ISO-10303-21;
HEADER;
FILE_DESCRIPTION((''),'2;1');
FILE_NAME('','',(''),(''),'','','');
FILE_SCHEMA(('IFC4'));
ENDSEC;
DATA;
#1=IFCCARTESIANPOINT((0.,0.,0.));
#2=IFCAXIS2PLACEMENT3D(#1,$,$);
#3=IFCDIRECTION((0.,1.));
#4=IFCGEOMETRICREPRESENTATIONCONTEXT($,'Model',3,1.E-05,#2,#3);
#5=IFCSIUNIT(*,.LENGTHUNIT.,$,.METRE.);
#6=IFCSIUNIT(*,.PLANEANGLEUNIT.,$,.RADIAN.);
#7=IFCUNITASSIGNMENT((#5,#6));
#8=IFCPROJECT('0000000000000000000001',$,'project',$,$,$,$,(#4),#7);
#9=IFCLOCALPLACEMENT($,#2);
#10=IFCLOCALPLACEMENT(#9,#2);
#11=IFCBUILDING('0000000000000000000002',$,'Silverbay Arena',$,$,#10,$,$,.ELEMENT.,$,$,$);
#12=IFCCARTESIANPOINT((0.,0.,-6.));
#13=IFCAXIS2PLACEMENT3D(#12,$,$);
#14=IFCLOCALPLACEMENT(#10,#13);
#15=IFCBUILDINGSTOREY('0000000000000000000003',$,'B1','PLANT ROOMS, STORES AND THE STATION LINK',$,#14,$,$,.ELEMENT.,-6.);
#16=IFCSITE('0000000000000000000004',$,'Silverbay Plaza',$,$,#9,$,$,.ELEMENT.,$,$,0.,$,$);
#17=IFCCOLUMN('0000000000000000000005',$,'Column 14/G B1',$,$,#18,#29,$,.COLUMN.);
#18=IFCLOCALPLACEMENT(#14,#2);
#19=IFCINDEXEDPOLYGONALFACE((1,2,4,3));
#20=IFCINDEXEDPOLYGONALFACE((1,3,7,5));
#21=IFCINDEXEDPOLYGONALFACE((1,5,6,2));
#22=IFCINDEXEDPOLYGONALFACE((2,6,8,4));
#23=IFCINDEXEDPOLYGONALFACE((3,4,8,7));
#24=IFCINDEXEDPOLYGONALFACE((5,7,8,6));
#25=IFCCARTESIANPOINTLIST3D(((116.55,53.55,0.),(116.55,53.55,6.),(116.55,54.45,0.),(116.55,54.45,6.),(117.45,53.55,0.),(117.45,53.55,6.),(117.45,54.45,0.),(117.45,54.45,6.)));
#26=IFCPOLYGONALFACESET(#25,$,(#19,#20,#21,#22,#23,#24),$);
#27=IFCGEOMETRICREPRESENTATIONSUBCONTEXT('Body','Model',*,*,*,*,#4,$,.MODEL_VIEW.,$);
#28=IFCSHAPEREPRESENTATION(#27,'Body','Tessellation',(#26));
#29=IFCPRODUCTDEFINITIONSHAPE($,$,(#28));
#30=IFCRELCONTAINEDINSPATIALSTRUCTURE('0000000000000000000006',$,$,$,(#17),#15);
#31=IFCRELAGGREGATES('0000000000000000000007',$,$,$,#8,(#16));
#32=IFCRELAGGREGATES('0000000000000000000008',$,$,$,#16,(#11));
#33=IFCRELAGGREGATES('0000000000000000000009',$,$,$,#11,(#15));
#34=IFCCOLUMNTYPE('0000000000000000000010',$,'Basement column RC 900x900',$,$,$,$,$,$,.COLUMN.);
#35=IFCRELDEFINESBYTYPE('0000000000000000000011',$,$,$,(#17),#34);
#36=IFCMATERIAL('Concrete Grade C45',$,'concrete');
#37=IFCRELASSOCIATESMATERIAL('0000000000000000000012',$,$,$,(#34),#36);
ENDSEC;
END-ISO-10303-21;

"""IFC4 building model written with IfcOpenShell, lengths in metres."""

from ifc_helpers import new_model, si_unit, direction, frame, origin, origin_2d, place, context, subcontext, project, spatial, rectangle, extrude, material, material_profile, profile_set, type_object, element, save


model = new_model("IFC4")

# Units and contexts
model_context = context("Model", 3, precision=1e-05, world=origin(), true_north=direction((0.0, 1.0)))
body_context = subcontext(model_context, "Body", "Model", "MODEL_VIEW")
ifc_project = project(units=[si_unit("LENGTHUNIT", "METRE"), si_unit("PLANEANGLEUNIT", "RADIAN")], contexts=[model_context])

# Site, building, storey
site_placement = place(None, origin())
site = spatial("IfcSite", under=ifc_project, at=site_placement, Name="Silverbay Plaza", CompositionType="ELEMENT", RefElevation=0.0)
building_placement = place(site_placement, origin())
building = spatial("IfcBuilding", under=site, at=building_placement, Name="Silverbay Arena", CompositionType="ELEMENT")
storey_placement = place(building_placement, frame((0.0, 0.0, -6.0)))
storey = spatial("IfcBuildingStorey", under=building, at=storey_placement, Name="B1", Description="PLANT ROOMS, STORES AND THE STATION LINK", CompositionType="ELEMENT", Elevation=-6.0)

# Column
ifc_material_1 = material(Name="Concrete Grade C45", Category="concrete")
ifc_material_profile_1 = material_profile(ifc_material_1, rectangle(XDim=0.8999, YDim=0.8999, at=origin_2d()), Name="RC 900x900")
ifc_profile_set_1 = profile_set([ifc_material_profile_1], Name="Concrete Grade C45")
column_type_1 = type_object("IfcColumnType", Name="Basement column RC 900x900", PredefinedType="COLUMN", material=ifc_profile_set_1)
column_1_placement = place(storey_placement, frame((117.0, 54.0, 0.0), z_axis=(0.0, 0.0, 1.0), x_axis=(1.0, 0.0, 0.0)))
element("IfcColumn", 1, at=column_1_placement, inside=storey, type_object=column_type_1, Name="Column 14/G B1", PredefinedType="COLUMN", context=body_context, shape_type="SweptSolid", body=[
    extrude(rectangle(XDim=0.8999, YDim=0.8999, at=origin_2d()), origin(), (0.0, 0.0, 1.0), 6.0),
])

save(model, "model.ifc")
